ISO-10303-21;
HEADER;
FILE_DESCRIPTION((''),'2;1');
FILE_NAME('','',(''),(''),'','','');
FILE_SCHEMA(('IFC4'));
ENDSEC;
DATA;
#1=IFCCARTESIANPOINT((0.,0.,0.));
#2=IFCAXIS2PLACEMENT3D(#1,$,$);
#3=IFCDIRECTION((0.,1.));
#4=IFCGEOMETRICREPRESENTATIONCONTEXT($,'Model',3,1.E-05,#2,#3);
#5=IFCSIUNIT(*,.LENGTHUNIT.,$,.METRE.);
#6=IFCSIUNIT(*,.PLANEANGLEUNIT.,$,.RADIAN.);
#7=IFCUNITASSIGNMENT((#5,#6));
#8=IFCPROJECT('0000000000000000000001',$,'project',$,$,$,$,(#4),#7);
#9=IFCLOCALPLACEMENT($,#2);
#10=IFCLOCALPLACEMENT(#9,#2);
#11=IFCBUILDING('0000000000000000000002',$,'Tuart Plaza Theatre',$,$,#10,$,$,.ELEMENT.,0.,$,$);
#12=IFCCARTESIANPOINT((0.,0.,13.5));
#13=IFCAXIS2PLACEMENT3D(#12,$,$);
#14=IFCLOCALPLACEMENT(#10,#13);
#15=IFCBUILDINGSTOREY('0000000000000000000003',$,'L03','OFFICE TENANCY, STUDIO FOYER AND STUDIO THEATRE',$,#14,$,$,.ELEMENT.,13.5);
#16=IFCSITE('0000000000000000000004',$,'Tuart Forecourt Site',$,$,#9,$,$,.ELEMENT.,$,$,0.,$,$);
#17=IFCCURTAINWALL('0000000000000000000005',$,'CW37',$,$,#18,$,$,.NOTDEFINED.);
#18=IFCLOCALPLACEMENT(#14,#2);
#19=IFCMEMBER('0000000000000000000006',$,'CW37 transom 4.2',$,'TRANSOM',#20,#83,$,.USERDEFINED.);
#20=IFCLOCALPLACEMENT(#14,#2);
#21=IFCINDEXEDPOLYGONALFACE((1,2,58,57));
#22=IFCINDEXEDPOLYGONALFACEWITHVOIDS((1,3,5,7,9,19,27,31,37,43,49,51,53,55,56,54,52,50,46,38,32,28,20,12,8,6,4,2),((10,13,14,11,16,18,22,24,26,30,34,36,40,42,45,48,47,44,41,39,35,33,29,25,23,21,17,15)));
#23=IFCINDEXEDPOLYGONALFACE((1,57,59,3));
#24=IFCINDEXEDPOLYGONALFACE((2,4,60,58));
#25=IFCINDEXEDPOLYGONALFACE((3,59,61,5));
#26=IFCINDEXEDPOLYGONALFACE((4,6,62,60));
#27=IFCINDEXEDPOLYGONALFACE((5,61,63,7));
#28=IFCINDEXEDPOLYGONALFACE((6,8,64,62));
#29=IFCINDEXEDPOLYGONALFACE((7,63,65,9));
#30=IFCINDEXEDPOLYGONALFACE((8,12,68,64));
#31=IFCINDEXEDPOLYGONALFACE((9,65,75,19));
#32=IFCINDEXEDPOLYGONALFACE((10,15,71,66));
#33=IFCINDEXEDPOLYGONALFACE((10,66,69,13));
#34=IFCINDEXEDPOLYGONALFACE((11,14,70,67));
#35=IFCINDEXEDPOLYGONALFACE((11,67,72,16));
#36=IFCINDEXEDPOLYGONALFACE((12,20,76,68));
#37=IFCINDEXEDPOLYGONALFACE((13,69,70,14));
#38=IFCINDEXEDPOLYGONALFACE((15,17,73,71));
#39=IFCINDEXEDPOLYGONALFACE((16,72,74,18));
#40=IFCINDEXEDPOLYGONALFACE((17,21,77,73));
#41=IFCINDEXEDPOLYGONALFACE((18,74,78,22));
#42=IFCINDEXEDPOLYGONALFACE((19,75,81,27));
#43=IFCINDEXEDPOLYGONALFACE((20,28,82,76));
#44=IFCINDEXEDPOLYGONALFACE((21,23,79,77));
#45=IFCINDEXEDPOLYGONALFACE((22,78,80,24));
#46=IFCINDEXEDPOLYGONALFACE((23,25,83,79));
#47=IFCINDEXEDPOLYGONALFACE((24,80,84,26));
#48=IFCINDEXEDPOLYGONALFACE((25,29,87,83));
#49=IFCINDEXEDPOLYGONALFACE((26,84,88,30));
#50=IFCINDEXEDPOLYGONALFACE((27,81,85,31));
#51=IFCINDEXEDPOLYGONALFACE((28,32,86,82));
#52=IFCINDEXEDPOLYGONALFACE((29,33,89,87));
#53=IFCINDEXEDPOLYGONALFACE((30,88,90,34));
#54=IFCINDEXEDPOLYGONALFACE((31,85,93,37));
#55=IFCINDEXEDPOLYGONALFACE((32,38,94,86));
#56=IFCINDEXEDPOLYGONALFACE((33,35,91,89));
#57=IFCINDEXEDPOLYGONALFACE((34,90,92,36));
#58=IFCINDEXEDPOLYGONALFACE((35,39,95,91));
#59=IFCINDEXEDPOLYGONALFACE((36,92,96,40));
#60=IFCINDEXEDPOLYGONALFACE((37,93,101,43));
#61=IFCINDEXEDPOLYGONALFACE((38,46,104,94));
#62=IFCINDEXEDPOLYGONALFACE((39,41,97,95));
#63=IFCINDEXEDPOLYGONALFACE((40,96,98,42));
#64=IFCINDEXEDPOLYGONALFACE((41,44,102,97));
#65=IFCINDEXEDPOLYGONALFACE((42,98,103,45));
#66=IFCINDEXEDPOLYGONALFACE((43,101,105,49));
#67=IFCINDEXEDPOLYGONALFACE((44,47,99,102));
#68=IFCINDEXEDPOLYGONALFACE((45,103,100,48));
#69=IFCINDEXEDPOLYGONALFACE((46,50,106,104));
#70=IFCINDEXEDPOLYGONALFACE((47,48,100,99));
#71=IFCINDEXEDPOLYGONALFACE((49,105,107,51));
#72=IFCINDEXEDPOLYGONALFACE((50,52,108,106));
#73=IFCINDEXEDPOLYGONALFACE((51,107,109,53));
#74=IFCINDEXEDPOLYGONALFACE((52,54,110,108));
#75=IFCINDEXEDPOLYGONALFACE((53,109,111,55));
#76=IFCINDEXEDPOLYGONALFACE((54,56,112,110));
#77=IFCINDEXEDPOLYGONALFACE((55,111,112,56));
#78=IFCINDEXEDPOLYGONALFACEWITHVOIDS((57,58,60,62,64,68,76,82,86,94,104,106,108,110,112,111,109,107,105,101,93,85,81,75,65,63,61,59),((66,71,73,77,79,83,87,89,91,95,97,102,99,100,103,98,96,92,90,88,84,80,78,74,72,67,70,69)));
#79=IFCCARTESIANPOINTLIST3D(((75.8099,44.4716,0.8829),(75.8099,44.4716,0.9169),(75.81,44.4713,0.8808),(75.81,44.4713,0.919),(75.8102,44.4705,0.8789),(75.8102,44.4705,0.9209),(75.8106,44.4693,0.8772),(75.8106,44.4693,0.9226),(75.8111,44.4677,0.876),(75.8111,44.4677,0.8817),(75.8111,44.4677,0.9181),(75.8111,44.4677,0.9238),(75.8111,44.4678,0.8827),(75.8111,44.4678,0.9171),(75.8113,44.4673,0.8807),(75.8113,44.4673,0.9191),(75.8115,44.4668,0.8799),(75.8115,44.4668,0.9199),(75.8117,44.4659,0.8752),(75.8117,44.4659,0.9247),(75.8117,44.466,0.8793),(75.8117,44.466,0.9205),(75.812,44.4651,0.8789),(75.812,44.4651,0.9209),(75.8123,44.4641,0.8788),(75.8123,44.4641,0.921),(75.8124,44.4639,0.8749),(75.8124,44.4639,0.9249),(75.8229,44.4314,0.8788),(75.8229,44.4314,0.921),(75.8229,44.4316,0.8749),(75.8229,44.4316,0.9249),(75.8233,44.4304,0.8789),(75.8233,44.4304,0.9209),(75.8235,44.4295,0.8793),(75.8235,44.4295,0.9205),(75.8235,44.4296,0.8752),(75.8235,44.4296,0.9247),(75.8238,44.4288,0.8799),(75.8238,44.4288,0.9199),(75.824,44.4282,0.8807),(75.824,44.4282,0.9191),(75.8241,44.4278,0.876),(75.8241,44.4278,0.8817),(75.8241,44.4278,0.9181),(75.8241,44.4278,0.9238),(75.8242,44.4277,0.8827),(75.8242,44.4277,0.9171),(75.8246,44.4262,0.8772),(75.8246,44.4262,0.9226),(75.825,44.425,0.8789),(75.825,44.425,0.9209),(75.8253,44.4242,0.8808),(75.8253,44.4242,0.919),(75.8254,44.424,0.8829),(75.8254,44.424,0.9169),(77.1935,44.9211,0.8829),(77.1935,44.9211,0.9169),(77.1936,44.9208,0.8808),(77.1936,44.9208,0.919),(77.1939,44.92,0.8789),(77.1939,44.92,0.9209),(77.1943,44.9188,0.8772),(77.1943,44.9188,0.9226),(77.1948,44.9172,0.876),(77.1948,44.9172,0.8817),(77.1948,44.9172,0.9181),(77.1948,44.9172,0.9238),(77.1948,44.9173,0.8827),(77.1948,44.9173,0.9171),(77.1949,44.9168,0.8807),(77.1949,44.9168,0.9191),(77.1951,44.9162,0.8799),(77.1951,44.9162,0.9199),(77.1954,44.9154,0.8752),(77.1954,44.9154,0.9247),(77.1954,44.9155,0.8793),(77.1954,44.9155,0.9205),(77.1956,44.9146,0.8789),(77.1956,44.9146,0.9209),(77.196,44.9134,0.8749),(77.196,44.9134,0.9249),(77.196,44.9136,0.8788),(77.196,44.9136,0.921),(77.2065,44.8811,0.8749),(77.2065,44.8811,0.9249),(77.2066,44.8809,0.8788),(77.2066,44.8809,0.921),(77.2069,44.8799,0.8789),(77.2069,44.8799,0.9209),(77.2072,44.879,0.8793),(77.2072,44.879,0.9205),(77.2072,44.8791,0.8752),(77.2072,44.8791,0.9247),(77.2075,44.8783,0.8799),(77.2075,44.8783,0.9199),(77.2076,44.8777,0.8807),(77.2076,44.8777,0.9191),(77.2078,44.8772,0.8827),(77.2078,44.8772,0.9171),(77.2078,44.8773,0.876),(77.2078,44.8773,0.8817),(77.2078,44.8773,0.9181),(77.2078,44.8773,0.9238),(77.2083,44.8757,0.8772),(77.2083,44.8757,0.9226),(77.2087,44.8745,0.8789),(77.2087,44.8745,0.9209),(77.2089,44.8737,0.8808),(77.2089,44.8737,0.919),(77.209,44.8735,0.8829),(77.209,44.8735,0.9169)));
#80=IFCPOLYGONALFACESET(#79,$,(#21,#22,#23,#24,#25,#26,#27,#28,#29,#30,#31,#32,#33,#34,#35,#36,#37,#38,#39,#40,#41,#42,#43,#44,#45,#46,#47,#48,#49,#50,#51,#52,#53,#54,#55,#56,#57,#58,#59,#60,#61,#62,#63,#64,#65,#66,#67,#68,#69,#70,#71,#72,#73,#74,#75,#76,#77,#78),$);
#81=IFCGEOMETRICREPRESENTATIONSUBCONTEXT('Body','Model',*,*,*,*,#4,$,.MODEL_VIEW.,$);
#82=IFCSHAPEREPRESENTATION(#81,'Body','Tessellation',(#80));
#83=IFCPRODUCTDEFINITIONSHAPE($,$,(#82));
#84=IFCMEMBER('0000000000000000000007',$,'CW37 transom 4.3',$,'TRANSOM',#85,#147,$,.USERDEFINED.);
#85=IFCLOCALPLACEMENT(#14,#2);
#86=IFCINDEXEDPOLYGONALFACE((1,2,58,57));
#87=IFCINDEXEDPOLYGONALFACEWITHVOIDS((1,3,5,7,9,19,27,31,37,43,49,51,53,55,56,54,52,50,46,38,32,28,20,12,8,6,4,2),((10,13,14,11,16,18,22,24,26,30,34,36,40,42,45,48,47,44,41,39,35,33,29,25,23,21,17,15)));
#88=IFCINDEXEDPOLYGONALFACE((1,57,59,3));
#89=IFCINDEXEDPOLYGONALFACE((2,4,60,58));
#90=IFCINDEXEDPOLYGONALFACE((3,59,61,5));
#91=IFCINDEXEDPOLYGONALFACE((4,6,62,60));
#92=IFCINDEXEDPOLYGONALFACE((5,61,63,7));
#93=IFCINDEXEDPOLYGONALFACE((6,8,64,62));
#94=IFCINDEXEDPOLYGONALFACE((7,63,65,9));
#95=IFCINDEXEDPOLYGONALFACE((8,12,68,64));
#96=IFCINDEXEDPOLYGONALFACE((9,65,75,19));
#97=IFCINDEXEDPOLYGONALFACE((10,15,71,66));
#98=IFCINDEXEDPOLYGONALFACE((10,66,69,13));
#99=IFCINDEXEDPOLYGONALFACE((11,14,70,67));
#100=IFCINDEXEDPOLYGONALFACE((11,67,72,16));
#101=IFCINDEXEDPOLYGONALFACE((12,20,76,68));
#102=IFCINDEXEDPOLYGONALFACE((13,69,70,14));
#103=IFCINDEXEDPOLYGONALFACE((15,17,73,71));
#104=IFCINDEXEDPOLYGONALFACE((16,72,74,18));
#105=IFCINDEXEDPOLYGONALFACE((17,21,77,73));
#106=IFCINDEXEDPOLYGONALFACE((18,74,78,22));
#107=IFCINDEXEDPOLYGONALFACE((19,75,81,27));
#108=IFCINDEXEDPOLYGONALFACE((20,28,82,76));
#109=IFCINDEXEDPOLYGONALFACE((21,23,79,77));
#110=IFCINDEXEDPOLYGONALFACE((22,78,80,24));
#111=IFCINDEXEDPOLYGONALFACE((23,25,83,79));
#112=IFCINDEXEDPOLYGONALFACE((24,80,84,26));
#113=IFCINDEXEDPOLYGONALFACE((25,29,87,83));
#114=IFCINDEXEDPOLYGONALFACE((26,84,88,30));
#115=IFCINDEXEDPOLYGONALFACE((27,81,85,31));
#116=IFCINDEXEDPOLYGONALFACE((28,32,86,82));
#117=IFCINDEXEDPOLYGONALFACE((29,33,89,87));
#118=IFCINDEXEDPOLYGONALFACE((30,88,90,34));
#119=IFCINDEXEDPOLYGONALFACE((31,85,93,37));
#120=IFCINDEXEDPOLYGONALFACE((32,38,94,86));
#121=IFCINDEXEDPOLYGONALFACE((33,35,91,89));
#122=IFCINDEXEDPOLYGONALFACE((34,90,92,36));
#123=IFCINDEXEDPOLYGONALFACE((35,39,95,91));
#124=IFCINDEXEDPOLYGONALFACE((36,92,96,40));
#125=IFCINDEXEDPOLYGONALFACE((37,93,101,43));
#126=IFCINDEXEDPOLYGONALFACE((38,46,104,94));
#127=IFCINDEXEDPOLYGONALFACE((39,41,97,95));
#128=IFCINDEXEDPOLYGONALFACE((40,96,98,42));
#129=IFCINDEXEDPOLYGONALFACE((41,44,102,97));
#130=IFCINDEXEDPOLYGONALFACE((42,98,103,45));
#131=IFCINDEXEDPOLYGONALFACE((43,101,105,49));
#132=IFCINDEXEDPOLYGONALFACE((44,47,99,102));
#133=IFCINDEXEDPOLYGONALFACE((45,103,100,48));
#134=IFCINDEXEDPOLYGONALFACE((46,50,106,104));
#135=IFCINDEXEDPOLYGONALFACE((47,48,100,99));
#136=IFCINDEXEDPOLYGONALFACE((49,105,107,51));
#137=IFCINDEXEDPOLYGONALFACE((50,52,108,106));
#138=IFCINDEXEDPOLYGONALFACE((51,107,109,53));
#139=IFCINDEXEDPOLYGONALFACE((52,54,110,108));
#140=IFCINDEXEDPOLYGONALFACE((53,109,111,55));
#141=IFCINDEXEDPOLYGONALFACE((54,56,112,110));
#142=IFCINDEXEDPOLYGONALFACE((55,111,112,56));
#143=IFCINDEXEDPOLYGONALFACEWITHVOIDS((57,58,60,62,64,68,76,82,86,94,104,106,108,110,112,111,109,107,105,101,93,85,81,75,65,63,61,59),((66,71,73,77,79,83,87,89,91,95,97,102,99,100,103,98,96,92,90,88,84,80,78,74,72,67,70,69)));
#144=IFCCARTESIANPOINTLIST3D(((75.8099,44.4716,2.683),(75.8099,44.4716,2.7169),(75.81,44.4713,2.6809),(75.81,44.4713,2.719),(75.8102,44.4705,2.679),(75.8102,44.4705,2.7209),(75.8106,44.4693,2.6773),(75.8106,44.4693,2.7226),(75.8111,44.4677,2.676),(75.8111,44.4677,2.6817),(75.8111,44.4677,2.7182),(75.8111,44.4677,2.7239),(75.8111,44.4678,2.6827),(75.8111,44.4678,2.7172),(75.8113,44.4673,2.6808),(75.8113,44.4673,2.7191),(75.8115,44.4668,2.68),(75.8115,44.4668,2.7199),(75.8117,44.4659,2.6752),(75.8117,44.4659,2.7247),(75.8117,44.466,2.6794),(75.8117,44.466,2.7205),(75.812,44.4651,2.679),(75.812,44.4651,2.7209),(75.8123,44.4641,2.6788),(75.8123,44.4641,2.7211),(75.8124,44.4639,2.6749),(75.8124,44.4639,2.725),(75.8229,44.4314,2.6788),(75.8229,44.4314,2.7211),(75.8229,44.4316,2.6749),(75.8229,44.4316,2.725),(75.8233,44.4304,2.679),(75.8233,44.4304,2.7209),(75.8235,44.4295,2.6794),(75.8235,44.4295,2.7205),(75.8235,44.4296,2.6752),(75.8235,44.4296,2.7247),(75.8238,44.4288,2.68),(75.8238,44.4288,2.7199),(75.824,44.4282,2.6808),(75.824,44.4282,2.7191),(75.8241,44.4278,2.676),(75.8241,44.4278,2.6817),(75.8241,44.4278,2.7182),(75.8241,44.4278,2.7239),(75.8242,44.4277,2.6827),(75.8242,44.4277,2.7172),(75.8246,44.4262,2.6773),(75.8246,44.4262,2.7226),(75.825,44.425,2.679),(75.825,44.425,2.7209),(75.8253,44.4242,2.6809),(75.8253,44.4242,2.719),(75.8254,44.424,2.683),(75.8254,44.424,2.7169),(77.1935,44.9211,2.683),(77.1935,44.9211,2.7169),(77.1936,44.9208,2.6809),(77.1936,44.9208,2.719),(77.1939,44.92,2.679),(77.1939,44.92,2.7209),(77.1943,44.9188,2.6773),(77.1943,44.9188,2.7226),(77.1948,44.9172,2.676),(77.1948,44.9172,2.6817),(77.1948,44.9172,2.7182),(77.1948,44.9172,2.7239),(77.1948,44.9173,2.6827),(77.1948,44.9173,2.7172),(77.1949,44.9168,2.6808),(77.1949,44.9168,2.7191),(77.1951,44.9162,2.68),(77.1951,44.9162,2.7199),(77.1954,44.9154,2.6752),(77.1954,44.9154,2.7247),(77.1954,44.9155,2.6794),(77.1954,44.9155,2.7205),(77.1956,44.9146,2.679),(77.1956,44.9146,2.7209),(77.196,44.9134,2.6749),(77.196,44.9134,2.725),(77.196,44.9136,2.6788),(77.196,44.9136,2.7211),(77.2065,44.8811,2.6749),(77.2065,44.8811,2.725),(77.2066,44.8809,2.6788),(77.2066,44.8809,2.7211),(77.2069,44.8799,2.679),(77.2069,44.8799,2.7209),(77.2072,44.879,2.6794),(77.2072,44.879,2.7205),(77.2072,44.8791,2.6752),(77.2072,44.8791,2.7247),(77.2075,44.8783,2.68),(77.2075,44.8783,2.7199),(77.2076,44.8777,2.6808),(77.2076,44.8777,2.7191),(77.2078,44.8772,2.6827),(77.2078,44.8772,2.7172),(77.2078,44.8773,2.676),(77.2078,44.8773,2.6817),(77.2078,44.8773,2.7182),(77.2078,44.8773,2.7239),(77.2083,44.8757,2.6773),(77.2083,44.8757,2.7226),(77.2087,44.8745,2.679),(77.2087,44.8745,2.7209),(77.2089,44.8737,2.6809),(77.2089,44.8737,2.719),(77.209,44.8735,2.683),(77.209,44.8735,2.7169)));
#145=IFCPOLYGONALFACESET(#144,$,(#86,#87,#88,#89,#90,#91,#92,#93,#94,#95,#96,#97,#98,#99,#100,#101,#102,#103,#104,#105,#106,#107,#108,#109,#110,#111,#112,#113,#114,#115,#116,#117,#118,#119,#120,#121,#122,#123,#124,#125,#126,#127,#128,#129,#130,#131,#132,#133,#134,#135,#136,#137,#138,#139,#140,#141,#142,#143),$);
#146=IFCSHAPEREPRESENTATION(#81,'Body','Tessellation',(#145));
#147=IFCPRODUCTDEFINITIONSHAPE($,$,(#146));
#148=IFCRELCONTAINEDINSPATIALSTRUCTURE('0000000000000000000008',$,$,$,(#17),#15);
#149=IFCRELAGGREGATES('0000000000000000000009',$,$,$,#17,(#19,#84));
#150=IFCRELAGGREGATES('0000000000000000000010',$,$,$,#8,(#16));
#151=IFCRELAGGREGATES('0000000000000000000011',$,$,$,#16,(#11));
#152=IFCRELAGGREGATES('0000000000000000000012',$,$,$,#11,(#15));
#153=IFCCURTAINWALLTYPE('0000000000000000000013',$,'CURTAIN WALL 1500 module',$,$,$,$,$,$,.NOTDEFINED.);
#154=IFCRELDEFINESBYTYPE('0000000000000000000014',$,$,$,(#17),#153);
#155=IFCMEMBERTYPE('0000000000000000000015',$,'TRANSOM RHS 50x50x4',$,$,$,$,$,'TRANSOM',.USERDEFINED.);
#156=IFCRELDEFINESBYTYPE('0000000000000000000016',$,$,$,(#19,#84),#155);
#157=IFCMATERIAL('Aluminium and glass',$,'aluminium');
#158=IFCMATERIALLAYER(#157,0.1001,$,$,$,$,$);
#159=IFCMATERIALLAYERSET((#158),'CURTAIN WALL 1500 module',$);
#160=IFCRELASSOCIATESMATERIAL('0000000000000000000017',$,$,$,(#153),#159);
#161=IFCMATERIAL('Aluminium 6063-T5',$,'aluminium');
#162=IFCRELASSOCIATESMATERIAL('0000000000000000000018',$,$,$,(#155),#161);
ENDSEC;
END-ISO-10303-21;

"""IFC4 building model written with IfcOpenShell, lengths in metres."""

from ifc_helpers import new_model, si_unit, direction, frame, origin, origin_2d, place, context, subcontext, project, spatial, hollow_rectangle, extrude, material, layer, layer_set, material_profile, profile_set, type_object, element, aggregate, save


model = new_model("IFC4")

# Units and contexts
model_context = context("Model", 3, precision=1e-05, world=origin(), true_north=direction((0.0, 1.0)))
body_context = subcontext(model_context, "Body", "Model", "MODEL_VIEW")
ifc_project = project(units=[si_unit("LENGTHUNIT", "METRE"), si_unit("PLANEANGLEUNIT", "RADIAN")], contexts=[model_context])

# Site, building, storey
site_placement = place(None, origin())
site = spatial("IfcSite", under=ifc_project, at=site_placement, Name="Tuart Forecourt Site", CompositionType="ELEMENT", RefElevation=0.0)
building_placement = place(site_placement, origin())
building = spatial("IfcBuilding", under=site, at=building_placement, Name="Tuart Plaza Theatre", CompositionType="ELEMENT", ElevationOfRefHeight=0.0)
storey_placement = place(building_placement, frame((0.0, 0.0, 13.5)))
storey = spatial("IfcBuildingStorey", under=building, at=storey_placement, Name="L03", Description="OFFICE TENANCY, STUDIO FOYER AND STUDIO THEATRE", CompositionType="ELEMENT", Elevation=13.5)

# Curtain wall, members
ifc_material_1 = material(Name="Aluminium and glass", Category="aluminium")
ifc_layer_1 = layer(ifc_material_1, 0.1001)
ifc_layer_set_1 = layer_set([ifc_layer_1], Name="CURTAIN WALL 1500 module")
curtain_wall_type = type_object("IfcCurtainWallType", Name="CURTAIN WALL 1500 module", PredefinedType="NOTDEFINED", material=ifc_layer_set_1)
curtain_wall_placement = place(storey_placement, origin())
curtain_wall = element("IfcCurtainWall", 1, at=curtain_wall_placement, inside=storey, type_object=curtain_wall_type, Name="CW37", PredefinedType="NOTDEFINED")
ifc_material_2 = material(Name="Aluminium 6063-T5", Category="aluminium")
ifc_material_profile_1 = material_profile(ifc_material_2, hollow_rectangle(XDim=0.05, YDim=0.05, WallThickness=0.0039, InnerFilletRadius=0.0039, OuterFilletRadius=0.0081, at=origin_2d()), Name="RHS 50x50x4")
ifc_profile_set_1 = profile_set([ifc_material_profile_1], Name="Aluminium 6063-T5")
member_type_1 = type_object("IfcMemberType", Name="TRANSOM RHS 50x50x4", ElementType="TRANSOM", PredefinedType="USERDEFINED", material=ifc_profile_set_1)
member_1_placement = place(storey_placement, frame((75.8176, 44.4478, 0.8999), z_axis=(0.951072, 0.308968, 0.0), x_axis=(-0.308968, 0.951072, 0.0)))
member_1 = element("IfcMember", 2, at=member_1_placement, type_object=member_type_1, Name="CW37 transom 4.2", ObjectType="TRANSOM", PredefinedType="USERDEFINED", context=body_context, shape_type="SweptSolid", body=[
    extrude(hollow_rectangle(XDim=0.05, YDim=0.05, WallThickness=0.0039, InnerFilletRadius=0.0039, OuterFilletRadius=0.0081, at=origin_2d()), origin(), (0.0, 0.0, 1.0), 1.4548),
])
member_2_placement = place(storey_placement, frame((75.8176, 44.4478, 2.7), z_axis=(0.951072, 0.308968, 0.0), x_axis=(-0.308968, 0.951072, 0.0)))
member_2 = element("IfcMember", 3, at=member_2_placement, type_object=member_type_1, Name="CW37 transom 4.3", ObjectType="TRANSOM", PredefinedType="USERDEFINED", context=body_context, shape_type="SweptSolid", body=[
    extrude(hollow_rectangle(XDim=0.05, YDim=0.05, WallThickness=0.0039, InnerFilletRadius=0.0039, OuterFilletRadius=0.0081, at=origin_2d()), origin(), (0.0, 0.0, 1.0), 1.4548),
])
aggregate(curtain_wall, [member_1, member_2])

save(model, "model.ifc")
